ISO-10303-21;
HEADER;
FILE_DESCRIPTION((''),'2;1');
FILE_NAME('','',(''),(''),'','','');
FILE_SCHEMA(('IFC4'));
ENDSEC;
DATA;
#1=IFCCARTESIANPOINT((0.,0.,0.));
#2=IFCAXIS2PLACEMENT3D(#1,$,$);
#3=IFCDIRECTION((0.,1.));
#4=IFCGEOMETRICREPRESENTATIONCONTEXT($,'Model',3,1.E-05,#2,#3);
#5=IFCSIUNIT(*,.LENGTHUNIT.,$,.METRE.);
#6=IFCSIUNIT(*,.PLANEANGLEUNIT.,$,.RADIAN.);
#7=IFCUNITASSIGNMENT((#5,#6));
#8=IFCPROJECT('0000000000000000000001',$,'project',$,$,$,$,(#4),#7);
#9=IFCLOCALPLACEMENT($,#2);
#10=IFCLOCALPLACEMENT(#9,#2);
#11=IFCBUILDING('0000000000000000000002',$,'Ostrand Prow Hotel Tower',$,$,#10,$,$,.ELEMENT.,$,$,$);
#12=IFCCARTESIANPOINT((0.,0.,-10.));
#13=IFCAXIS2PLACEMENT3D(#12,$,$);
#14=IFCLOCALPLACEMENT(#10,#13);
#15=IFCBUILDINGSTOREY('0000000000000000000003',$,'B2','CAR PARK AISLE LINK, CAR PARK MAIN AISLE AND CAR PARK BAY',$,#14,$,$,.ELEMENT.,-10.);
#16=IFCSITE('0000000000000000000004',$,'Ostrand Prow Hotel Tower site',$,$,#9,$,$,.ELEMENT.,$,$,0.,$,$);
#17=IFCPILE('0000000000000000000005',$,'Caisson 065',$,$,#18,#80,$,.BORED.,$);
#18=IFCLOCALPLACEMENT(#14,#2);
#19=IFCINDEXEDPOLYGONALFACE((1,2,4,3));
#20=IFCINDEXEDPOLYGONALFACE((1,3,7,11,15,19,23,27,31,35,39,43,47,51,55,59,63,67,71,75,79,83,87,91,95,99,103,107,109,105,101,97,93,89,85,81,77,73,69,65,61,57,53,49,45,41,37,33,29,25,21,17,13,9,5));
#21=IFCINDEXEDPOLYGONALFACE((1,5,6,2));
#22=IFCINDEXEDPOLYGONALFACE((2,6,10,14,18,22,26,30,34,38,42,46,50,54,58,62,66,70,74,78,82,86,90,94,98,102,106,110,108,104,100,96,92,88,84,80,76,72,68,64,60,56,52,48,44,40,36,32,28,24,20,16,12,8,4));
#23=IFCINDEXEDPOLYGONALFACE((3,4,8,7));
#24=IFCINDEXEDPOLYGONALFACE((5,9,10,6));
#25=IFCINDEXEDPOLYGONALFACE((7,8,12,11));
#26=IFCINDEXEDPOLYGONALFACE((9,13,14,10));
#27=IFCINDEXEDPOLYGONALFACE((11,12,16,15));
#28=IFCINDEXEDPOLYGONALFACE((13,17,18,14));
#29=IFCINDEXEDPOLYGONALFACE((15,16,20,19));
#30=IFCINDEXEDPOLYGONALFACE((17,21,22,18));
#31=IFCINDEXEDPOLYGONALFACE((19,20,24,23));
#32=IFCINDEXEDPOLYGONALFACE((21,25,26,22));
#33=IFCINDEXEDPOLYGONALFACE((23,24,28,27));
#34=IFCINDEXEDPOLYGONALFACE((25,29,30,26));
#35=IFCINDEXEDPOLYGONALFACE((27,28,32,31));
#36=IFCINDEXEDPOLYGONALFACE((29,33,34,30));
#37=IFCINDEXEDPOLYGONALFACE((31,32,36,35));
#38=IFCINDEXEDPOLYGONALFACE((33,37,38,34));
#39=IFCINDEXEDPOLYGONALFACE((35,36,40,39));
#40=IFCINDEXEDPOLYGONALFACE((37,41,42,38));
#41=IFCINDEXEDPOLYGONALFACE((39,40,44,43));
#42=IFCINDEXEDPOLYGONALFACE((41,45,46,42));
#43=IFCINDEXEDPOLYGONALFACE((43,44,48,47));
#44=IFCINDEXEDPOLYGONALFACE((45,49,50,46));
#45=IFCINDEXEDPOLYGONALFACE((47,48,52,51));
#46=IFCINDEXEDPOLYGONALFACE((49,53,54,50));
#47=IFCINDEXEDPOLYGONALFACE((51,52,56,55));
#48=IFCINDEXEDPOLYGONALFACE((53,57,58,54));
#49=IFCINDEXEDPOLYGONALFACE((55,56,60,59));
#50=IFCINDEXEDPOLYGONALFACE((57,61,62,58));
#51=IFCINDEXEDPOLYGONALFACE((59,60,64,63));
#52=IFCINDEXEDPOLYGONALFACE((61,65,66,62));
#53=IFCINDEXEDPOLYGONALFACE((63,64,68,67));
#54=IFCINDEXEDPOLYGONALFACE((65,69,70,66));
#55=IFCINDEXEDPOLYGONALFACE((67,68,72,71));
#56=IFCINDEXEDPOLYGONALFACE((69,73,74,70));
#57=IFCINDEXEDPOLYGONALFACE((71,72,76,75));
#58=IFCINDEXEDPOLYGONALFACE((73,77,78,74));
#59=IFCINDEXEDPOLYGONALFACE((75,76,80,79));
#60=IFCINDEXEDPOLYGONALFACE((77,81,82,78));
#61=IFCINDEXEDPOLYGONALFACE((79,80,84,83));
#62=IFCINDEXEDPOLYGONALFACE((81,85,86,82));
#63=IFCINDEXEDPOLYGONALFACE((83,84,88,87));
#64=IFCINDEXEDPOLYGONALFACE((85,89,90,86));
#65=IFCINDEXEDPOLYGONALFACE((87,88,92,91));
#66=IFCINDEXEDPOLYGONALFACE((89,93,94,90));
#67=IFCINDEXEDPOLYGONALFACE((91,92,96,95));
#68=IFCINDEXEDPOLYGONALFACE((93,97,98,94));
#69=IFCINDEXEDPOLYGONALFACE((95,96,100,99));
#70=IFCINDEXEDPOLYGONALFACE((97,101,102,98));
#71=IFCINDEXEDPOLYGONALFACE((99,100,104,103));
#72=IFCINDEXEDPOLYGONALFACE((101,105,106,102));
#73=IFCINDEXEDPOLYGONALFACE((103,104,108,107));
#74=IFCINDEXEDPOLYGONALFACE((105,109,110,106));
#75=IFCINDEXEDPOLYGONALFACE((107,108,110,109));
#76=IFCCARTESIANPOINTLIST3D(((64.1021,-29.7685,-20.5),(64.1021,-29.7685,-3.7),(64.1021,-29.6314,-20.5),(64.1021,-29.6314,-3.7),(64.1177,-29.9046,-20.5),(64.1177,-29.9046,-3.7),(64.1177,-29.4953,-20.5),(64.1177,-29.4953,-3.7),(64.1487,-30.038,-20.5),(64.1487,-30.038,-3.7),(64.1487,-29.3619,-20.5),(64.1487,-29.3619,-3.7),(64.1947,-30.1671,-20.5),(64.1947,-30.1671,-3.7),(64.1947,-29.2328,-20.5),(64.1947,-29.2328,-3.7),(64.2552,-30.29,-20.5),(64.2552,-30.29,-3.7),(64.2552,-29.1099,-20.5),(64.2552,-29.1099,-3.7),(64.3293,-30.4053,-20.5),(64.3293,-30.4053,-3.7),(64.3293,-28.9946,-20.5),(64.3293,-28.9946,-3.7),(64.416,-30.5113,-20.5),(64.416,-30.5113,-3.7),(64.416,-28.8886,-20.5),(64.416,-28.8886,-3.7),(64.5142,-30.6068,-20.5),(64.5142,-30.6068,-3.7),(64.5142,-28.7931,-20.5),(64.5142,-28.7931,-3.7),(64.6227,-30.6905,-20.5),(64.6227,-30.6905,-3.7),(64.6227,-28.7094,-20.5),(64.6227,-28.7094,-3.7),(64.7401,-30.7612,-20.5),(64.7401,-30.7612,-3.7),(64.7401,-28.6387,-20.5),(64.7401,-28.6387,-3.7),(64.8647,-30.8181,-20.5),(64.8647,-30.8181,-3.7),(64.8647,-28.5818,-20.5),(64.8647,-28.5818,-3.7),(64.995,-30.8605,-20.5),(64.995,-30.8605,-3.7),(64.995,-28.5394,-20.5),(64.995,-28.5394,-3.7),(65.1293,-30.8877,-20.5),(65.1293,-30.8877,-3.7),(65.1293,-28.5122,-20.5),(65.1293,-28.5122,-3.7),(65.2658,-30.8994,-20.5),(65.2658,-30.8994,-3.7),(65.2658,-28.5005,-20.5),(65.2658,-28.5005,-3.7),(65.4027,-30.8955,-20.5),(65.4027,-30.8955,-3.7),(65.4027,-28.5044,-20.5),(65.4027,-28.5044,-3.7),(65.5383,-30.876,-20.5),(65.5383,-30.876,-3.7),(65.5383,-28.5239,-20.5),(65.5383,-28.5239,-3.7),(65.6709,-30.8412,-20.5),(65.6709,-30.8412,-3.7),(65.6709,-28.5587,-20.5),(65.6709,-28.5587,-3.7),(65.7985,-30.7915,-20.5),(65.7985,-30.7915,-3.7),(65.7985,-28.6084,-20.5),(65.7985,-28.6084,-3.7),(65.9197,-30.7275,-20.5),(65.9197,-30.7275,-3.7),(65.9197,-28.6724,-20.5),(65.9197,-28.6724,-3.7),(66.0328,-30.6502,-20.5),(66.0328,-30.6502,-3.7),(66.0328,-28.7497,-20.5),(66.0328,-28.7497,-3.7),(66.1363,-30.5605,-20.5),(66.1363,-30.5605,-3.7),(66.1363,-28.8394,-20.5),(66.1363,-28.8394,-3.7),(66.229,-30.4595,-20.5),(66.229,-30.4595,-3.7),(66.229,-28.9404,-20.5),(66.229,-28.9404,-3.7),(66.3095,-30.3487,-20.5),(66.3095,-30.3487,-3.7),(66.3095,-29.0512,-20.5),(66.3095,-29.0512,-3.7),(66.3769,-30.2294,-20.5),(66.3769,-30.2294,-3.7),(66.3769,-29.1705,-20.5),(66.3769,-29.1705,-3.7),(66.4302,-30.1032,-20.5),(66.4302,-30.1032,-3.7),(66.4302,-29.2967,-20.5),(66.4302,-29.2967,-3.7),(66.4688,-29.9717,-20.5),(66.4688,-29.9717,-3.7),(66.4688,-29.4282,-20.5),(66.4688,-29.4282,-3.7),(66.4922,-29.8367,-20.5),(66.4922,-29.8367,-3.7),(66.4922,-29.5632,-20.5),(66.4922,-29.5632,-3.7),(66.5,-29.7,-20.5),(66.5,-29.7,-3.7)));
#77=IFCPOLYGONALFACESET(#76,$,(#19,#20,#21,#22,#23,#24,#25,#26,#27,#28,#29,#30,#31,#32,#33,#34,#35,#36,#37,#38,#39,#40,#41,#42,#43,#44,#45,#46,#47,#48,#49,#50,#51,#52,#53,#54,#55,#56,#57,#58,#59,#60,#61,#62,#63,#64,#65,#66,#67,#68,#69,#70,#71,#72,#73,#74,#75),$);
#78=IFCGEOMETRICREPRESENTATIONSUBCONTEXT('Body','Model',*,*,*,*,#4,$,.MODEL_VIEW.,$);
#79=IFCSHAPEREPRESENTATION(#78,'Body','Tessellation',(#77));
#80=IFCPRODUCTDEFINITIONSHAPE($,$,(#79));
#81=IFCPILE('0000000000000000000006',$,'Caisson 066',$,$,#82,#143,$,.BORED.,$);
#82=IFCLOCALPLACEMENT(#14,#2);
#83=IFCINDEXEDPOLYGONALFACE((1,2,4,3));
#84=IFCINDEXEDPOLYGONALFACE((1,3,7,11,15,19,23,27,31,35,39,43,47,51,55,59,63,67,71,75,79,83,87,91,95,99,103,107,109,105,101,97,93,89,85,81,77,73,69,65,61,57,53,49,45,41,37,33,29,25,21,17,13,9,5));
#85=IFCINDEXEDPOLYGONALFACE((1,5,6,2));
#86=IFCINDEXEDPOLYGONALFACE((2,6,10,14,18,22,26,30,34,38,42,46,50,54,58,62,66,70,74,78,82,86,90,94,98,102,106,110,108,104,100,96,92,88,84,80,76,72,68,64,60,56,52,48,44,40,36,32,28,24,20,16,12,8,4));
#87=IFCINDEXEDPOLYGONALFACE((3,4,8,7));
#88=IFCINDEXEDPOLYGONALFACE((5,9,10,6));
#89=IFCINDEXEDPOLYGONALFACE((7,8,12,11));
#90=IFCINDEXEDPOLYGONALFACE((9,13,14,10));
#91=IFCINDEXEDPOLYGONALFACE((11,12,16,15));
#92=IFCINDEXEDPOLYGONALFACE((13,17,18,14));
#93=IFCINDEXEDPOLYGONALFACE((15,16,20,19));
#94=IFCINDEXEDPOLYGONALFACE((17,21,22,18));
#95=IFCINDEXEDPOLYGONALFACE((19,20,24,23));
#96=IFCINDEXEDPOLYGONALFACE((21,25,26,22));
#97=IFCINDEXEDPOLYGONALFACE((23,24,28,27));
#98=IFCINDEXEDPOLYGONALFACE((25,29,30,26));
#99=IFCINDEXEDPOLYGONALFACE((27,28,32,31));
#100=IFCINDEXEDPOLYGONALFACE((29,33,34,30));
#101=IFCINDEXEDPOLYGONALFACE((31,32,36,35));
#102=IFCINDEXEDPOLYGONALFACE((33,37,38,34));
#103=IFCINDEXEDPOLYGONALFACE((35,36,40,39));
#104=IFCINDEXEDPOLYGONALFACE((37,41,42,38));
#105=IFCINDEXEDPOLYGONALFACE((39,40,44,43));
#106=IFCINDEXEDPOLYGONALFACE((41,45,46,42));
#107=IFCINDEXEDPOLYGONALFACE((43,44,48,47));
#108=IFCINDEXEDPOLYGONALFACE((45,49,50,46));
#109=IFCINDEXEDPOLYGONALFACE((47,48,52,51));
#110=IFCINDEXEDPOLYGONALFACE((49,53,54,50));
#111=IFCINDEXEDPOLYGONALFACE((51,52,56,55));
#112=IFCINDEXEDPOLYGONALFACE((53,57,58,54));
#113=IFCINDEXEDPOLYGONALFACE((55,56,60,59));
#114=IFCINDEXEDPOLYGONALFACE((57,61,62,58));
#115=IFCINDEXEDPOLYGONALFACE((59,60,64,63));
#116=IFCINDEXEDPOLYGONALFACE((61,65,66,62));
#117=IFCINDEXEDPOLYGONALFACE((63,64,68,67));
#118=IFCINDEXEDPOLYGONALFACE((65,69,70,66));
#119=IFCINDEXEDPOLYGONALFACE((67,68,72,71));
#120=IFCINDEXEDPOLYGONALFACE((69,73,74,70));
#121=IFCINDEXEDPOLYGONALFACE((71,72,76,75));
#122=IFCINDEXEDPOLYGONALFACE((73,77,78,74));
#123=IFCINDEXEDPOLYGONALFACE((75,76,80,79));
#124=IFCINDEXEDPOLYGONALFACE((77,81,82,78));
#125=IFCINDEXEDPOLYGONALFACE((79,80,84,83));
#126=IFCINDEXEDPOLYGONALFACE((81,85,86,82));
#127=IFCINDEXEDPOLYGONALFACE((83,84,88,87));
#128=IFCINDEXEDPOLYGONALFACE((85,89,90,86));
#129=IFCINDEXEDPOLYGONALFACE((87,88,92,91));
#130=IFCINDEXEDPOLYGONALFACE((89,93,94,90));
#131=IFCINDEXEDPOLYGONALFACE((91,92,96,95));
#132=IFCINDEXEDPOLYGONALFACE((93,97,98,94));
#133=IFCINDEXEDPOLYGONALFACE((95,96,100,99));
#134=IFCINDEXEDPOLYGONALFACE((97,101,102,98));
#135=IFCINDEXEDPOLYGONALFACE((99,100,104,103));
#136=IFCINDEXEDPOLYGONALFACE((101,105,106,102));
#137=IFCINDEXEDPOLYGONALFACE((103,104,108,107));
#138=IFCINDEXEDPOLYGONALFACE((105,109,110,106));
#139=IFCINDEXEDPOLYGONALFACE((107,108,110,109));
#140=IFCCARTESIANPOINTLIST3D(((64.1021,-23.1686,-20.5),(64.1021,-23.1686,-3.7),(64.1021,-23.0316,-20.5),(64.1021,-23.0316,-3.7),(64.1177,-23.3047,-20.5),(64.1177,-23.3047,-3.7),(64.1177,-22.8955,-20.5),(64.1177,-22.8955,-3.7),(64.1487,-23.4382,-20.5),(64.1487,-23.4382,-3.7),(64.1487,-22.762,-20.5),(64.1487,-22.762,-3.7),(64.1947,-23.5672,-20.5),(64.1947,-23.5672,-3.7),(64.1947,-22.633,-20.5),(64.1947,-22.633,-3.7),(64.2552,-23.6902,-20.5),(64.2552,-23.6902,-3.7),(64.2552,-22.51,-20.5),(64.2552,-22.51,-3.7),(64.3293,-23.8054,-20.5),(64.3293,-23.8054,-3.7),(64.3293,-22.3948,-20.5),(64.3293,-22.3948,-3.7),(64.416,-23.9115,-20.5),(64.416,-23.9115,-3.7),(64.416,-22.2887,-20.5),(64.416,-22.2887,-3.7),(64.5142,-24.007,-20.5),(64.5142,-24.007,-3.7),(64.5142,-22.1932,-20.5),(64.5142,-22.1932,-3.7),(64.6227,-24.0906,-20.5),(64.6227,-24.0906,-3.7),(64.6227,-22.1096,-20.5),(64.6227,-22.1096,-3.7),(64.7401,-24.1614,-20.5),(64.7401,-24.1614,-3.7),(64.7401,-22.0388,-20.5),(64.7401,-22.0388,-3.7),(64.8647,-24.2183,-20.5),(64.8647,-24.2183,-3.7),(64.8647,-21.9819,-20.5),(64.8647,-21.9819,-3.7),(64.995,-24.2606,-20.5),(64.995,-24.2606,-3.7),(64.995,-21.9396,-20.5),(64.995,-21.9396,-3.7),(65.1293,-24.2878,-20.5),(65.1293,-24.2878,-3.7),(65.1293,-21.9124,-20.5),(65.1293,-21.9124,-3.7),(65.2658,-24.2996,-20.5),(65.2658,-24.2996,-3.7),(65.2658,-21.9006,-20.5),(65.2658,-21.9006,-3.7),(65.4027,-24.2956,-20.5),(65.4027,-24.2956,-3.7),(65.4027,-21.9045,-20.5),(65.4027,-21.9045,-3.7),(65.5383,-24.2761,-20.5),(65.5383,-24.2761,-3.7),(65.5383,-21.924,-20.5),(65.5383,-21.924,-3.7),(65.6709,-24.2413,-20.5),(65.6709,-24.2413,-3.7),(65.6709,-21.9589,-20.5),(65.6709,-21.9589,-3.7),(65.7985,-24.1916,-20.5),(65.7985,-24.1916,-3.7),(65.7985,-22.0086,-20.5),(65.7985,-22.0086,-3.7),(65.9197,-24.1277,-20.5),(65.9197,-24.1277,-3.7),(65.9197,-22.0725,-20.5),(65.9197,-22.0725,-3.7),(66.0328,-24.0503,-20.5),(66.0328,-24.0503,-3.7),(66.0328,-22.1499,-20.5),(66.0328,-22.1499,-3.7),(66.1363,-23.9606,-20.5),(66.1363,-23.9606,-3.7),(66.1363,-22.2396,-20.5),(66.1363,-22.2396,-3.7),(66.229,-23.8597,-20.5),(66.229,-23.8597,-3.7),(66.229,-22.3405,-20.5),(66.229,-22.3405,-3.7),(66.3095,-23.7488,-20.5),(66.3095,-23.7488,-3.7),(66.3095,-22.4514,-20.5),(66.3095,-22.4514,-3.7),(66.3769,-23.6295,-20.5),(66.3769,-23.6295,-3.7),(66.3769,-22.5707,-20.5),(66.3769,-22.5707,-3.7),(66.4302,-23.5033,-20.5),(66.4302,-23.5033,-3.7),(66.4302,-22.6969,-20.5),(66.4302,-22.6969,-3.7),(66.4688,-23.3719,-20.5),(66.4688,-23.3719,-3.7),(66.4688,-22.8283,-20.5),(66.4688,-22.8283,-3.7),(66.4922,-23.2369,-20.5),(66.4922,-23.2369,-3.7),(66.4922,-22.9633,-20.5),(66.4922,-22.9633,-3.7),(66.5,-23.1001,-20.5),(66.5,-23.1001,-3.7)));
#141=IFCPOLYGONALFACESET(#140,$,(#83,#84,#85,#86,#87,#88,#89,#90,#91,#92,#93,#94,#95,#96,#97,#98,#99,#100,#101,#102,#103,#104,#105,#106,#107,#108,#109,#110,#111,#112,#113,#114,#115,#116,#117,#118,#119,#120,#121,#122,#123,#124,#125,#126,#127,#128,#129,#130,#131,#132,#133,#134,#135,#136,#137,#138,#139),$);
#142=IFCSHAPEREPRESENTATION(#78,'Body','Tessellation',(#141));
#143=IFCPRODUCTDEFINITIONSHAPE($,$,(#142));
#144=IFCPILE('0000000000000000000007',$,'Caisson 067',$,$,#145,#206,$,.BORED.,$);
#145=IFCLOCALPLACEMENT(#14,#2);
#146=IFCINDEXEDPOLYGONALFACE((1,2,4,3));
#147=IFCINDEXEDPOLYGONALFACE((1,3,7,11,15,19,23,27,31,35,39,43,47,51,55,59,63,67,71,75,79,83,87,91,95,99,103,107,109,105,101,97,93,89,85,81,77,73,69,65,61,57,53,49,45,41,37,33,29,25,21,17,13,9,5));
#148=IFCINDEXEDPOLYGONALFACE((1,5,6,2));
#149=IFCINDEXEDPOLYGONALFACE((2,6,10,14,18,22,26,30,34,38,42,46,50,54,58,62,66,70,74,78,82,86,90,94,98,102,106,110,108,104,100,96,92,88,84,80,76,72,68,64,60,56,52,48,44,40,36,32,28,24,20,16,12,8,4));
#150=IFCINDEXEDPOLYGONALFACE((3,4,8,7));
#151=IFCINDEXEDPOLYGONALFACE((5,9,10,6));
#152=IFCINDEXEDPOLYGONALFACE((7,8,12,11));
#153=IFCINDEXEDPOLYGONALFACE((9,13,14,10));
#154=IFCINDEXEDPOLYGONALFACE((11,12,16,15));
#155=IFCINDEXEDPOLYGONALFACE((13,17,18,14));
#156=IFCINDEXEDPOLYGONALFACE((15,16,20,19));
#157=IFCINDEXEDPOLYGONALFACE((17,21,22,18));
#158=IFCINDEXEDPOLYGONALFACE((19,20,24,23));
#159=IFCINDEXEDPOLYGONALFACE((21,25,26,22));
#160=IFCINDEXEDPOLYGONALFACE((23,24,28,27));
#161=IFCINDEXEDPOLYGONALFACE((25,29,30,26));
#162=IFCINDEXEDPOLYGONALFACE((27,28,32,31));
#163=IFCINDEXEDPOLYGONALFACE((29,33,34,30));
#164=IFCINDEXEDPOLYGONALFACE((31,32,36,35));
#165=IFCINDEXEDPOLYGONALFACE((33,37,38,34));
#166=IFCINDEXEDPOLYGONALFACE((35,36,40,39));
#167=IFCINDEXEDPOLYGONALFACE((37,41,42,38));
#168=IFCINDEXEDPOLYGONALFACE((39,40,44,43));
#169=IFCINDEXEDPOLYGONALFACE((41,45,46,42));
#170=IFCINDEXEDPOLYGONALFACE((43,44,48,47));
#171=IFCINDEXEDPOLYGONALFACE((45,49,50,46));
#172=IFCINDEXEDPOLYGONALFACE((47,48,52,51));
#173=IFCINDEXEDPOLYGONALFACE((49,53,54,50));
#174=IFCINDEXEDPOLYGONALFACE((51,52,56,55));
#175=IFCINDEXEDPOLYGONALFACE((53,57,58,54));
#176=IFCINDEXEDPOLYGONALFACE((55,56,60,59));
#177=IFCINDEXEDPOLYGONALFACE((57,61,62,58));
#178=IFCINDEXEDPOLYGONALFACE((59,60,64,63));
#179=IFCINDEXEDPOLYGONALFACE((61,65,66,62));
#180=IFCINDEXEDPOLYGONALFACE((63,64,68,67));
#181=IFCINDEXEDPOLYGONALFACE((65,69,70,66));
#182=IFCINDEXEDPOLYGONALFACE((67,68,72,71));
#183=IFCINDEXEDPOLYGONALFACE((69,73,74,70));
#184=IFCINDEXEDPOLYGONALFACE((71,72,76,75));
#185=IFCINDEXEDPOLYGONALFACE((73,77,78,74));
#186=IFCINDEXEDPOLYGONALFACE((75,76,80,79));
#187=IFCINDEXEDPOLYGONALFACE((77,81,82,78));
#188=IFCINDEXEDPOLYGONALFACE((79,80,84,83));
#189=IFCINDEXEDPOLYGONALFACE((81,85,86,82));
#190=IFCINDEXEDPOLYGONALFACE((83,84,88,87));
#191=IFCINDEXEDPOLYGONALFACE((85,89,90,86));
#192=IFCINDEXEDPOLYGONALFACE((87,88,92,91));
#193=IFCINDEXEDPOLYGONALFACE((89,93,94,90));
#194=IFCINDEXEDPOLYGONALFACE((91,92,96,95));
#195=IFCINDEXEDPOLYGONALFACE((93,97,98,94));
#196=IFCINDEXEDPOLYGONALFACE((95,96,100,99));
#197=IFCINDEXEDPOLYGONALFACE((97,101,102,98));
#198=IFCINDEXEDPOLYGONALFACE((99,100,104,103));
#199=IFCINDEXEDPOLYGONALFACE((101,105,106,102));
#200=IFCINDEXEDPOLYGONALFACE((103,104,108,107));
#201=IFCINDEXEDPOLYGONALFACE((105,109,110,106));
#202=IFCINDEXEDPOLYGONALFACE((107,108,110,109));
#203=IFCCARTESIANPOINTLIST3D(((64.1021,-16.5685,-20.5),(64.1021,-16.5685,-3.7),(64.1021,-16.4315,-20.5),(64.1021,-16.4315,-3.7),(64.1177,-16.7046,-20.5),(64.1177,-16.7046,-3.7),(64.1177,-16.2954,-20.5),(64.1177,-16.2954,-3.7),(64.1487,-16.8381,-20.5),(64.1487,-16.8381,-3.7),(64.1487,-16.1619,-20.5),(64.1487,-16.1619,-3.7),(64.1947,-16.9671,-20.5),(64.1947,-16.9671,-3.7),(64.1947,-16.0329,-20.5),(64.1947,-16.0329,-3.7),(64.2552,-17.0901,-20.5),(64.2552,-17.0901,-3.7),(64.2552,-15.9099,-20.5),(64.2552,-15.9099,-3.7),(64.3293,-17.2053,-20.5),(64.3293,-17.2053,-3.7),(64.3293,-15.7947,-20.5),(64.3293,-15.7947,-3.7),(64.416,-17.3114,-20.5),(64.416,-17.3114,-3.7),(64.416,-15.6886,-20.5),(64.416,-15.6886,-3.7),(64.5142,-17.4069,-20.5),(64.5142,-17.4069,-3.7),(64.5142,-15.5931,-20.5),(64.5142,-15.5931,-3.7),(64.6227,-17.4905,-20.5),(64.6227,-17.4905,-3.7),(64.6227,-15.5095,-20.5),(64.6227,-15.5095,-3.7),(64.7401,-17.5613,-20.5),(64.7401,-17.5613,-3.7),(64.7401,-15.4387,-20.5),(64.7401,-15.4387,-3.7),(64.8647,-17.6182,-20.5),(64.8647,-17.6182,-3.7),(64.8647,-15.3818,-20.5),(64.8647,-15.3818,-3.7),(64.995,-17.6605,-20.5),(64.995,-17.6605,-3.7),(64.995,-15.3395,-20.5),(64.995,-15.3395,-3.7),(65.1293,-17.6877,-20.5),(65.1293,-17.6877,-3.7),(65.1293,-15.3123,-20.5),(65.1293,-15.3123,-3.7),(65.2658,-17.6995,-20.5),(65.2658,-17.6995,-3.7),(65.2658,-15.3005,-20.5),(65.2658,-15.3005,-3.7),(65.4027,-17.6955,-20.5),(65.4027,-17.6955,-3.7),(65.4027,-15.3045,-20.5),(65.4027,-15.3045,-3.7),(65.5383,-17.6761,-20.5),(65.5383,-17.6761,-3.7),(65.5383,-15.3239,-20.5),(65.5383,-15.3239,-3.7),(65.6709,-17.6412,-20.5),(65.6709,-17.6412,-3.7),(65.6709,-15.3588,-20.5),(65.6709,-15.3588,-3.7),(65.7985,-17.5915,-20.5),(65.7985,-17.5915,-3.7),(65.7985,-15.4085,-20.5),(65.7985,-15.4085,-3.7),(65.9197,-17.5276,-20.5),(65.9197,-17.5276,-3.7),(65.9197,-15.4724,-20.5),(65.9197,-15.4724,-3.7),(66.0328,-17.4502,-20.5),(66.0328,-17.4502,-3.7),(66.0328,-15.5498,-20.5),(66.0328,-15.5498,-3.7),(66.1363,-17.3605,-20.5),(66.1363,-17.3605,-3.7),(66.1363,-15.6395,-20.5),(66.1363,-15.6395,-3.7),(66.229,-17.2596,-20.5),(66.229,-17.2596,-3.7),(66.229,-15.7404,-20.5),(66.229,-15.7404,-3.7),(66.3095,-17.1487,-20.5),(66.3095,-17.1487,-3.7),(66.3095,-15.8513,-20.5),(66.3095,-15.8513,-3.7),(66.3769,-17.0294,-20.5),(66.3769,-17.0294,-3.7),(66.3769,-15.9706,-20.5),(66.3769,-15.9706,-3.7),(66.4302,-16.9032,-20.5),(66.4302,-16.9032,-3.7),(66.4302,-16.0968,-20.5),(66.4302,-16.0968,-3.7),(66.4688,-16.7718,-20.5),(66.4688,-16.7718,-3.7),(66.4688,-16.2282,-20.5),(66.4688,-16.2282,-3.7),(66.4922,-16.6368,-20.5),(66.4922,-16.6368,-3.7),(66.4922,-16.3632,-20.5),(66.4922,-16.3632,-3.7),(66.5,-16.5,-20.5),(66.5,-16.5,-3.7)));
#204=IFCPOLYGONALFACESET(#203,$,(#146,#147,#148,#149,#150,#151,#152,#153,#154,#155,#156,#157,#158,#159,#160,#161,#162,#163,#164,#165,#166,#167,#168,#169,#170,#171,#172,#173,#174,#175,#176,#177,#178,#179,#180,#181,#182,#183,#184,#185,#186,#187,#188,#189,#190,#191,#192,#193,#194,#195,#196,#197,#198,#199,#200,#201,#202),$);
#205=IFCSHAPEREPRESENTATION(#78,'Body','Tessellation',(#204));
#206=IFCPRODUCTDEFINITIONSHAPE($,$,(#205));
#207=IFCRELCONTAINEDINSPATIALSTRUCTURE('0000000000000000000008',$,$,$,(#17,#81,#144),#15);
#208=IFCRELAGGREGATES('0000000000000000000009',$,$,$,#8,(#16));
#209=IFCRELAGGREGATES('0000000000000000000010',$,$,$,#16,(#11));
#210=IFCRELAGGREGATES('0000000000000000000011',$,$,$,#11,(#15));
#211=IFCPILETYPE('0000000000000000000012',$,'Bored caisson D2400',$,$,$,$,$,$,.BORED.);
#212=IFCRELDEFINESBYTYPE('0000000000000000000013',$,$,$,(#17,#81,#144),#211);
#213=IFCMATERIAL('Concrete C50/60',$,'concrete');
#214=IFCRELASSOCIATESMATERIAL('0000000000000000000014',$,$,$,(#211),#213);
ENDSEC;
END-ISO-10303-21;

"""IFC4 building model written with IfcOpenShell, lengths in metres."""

from ifc_helpers import new_model, si_unit, direction, frame, origin, origin_2d, place, context, subcontext, project, spatial, circle, extrude, material, type_object, element, save


model = new_model("IFC4")

# Units and contexts
model_context = context("Model", 3, precision=1e-05, world=origin(), true_north=direction((0.0, 1.0)))
body_context = subcontext(model_context, "Body", "Model", "MODEL_VIEW")
ifc_project = project(units=[si_unit("LENGTHUNIT", "METRE"), si_unit("PLANEANGLEUNIT", "RADIAN")], contexts=[model_context])

# Site, building, storey
site_placement = place(None, origin())
site = spatial("IfcSite", under=ifc_project, at=site_placement, Name="Ostrand Prow Hotel Tower site", CompositionType="ELEMENT", RefElevation=0.0)
building_placement = place(site_placement, origin())
building = spatial("IfcBuilding", under=site, at=building_placement, Name="Ostrand Prow Hotel Tower", CompositionType="ELEMENT")
storey_placement = place(building_placement, frame((0.0, 0.0, -10.0)))
storey = spatial("IfcBuildingStorey", under=building, at=storey_placement, Name="B2", Description="CAR PARK AISLE LINK, CAR PARK MAIN AISLE AND CAR PARK BAY", CompositionType="ELEMENT", Elevation=-10.0)

# Piles
ifc_material_1 = material(Name="Concrete C50/60", Category="concrete")
pile_type_1 = type_object("IfcPileType", Name="Bored caisson D2400", PredefinedType="BORED", material=ifc_material_1)
for number, where, z_axis, x_axis, name in (
    (1, (65.3, -29.7, -3.7), (0.0, 0.0, -1.0), (1.0, 0.0, 0.0), "Caisson 065"),
    (2, (65.3, -23.1001, -3.7), (0.0, 0.0, -1.0), (1.0, 0.0, 0.0), "Caisson 066"),
    (3, (65.3, -16.5, -3.7), (0.0, 0.0, -1.0), (1.0, 0.0, 0.0), "Caisson 067"),
):
    element("IfcPile", number, at=place(storey_placement, frame(where, z_axis=z_axis, x_axis=x_axis)), inside=storey, type_object=pile_type_1, Name=name, PredefinedType="BORED", context=body_context, shape_type="SweptSolid", body=[
        extrude(circle(Radius=1.2, at=origin_2d()), origin(), (0.0, 0.0, 1.0), 16.8),
    ])

save(model, "model.ifc")
